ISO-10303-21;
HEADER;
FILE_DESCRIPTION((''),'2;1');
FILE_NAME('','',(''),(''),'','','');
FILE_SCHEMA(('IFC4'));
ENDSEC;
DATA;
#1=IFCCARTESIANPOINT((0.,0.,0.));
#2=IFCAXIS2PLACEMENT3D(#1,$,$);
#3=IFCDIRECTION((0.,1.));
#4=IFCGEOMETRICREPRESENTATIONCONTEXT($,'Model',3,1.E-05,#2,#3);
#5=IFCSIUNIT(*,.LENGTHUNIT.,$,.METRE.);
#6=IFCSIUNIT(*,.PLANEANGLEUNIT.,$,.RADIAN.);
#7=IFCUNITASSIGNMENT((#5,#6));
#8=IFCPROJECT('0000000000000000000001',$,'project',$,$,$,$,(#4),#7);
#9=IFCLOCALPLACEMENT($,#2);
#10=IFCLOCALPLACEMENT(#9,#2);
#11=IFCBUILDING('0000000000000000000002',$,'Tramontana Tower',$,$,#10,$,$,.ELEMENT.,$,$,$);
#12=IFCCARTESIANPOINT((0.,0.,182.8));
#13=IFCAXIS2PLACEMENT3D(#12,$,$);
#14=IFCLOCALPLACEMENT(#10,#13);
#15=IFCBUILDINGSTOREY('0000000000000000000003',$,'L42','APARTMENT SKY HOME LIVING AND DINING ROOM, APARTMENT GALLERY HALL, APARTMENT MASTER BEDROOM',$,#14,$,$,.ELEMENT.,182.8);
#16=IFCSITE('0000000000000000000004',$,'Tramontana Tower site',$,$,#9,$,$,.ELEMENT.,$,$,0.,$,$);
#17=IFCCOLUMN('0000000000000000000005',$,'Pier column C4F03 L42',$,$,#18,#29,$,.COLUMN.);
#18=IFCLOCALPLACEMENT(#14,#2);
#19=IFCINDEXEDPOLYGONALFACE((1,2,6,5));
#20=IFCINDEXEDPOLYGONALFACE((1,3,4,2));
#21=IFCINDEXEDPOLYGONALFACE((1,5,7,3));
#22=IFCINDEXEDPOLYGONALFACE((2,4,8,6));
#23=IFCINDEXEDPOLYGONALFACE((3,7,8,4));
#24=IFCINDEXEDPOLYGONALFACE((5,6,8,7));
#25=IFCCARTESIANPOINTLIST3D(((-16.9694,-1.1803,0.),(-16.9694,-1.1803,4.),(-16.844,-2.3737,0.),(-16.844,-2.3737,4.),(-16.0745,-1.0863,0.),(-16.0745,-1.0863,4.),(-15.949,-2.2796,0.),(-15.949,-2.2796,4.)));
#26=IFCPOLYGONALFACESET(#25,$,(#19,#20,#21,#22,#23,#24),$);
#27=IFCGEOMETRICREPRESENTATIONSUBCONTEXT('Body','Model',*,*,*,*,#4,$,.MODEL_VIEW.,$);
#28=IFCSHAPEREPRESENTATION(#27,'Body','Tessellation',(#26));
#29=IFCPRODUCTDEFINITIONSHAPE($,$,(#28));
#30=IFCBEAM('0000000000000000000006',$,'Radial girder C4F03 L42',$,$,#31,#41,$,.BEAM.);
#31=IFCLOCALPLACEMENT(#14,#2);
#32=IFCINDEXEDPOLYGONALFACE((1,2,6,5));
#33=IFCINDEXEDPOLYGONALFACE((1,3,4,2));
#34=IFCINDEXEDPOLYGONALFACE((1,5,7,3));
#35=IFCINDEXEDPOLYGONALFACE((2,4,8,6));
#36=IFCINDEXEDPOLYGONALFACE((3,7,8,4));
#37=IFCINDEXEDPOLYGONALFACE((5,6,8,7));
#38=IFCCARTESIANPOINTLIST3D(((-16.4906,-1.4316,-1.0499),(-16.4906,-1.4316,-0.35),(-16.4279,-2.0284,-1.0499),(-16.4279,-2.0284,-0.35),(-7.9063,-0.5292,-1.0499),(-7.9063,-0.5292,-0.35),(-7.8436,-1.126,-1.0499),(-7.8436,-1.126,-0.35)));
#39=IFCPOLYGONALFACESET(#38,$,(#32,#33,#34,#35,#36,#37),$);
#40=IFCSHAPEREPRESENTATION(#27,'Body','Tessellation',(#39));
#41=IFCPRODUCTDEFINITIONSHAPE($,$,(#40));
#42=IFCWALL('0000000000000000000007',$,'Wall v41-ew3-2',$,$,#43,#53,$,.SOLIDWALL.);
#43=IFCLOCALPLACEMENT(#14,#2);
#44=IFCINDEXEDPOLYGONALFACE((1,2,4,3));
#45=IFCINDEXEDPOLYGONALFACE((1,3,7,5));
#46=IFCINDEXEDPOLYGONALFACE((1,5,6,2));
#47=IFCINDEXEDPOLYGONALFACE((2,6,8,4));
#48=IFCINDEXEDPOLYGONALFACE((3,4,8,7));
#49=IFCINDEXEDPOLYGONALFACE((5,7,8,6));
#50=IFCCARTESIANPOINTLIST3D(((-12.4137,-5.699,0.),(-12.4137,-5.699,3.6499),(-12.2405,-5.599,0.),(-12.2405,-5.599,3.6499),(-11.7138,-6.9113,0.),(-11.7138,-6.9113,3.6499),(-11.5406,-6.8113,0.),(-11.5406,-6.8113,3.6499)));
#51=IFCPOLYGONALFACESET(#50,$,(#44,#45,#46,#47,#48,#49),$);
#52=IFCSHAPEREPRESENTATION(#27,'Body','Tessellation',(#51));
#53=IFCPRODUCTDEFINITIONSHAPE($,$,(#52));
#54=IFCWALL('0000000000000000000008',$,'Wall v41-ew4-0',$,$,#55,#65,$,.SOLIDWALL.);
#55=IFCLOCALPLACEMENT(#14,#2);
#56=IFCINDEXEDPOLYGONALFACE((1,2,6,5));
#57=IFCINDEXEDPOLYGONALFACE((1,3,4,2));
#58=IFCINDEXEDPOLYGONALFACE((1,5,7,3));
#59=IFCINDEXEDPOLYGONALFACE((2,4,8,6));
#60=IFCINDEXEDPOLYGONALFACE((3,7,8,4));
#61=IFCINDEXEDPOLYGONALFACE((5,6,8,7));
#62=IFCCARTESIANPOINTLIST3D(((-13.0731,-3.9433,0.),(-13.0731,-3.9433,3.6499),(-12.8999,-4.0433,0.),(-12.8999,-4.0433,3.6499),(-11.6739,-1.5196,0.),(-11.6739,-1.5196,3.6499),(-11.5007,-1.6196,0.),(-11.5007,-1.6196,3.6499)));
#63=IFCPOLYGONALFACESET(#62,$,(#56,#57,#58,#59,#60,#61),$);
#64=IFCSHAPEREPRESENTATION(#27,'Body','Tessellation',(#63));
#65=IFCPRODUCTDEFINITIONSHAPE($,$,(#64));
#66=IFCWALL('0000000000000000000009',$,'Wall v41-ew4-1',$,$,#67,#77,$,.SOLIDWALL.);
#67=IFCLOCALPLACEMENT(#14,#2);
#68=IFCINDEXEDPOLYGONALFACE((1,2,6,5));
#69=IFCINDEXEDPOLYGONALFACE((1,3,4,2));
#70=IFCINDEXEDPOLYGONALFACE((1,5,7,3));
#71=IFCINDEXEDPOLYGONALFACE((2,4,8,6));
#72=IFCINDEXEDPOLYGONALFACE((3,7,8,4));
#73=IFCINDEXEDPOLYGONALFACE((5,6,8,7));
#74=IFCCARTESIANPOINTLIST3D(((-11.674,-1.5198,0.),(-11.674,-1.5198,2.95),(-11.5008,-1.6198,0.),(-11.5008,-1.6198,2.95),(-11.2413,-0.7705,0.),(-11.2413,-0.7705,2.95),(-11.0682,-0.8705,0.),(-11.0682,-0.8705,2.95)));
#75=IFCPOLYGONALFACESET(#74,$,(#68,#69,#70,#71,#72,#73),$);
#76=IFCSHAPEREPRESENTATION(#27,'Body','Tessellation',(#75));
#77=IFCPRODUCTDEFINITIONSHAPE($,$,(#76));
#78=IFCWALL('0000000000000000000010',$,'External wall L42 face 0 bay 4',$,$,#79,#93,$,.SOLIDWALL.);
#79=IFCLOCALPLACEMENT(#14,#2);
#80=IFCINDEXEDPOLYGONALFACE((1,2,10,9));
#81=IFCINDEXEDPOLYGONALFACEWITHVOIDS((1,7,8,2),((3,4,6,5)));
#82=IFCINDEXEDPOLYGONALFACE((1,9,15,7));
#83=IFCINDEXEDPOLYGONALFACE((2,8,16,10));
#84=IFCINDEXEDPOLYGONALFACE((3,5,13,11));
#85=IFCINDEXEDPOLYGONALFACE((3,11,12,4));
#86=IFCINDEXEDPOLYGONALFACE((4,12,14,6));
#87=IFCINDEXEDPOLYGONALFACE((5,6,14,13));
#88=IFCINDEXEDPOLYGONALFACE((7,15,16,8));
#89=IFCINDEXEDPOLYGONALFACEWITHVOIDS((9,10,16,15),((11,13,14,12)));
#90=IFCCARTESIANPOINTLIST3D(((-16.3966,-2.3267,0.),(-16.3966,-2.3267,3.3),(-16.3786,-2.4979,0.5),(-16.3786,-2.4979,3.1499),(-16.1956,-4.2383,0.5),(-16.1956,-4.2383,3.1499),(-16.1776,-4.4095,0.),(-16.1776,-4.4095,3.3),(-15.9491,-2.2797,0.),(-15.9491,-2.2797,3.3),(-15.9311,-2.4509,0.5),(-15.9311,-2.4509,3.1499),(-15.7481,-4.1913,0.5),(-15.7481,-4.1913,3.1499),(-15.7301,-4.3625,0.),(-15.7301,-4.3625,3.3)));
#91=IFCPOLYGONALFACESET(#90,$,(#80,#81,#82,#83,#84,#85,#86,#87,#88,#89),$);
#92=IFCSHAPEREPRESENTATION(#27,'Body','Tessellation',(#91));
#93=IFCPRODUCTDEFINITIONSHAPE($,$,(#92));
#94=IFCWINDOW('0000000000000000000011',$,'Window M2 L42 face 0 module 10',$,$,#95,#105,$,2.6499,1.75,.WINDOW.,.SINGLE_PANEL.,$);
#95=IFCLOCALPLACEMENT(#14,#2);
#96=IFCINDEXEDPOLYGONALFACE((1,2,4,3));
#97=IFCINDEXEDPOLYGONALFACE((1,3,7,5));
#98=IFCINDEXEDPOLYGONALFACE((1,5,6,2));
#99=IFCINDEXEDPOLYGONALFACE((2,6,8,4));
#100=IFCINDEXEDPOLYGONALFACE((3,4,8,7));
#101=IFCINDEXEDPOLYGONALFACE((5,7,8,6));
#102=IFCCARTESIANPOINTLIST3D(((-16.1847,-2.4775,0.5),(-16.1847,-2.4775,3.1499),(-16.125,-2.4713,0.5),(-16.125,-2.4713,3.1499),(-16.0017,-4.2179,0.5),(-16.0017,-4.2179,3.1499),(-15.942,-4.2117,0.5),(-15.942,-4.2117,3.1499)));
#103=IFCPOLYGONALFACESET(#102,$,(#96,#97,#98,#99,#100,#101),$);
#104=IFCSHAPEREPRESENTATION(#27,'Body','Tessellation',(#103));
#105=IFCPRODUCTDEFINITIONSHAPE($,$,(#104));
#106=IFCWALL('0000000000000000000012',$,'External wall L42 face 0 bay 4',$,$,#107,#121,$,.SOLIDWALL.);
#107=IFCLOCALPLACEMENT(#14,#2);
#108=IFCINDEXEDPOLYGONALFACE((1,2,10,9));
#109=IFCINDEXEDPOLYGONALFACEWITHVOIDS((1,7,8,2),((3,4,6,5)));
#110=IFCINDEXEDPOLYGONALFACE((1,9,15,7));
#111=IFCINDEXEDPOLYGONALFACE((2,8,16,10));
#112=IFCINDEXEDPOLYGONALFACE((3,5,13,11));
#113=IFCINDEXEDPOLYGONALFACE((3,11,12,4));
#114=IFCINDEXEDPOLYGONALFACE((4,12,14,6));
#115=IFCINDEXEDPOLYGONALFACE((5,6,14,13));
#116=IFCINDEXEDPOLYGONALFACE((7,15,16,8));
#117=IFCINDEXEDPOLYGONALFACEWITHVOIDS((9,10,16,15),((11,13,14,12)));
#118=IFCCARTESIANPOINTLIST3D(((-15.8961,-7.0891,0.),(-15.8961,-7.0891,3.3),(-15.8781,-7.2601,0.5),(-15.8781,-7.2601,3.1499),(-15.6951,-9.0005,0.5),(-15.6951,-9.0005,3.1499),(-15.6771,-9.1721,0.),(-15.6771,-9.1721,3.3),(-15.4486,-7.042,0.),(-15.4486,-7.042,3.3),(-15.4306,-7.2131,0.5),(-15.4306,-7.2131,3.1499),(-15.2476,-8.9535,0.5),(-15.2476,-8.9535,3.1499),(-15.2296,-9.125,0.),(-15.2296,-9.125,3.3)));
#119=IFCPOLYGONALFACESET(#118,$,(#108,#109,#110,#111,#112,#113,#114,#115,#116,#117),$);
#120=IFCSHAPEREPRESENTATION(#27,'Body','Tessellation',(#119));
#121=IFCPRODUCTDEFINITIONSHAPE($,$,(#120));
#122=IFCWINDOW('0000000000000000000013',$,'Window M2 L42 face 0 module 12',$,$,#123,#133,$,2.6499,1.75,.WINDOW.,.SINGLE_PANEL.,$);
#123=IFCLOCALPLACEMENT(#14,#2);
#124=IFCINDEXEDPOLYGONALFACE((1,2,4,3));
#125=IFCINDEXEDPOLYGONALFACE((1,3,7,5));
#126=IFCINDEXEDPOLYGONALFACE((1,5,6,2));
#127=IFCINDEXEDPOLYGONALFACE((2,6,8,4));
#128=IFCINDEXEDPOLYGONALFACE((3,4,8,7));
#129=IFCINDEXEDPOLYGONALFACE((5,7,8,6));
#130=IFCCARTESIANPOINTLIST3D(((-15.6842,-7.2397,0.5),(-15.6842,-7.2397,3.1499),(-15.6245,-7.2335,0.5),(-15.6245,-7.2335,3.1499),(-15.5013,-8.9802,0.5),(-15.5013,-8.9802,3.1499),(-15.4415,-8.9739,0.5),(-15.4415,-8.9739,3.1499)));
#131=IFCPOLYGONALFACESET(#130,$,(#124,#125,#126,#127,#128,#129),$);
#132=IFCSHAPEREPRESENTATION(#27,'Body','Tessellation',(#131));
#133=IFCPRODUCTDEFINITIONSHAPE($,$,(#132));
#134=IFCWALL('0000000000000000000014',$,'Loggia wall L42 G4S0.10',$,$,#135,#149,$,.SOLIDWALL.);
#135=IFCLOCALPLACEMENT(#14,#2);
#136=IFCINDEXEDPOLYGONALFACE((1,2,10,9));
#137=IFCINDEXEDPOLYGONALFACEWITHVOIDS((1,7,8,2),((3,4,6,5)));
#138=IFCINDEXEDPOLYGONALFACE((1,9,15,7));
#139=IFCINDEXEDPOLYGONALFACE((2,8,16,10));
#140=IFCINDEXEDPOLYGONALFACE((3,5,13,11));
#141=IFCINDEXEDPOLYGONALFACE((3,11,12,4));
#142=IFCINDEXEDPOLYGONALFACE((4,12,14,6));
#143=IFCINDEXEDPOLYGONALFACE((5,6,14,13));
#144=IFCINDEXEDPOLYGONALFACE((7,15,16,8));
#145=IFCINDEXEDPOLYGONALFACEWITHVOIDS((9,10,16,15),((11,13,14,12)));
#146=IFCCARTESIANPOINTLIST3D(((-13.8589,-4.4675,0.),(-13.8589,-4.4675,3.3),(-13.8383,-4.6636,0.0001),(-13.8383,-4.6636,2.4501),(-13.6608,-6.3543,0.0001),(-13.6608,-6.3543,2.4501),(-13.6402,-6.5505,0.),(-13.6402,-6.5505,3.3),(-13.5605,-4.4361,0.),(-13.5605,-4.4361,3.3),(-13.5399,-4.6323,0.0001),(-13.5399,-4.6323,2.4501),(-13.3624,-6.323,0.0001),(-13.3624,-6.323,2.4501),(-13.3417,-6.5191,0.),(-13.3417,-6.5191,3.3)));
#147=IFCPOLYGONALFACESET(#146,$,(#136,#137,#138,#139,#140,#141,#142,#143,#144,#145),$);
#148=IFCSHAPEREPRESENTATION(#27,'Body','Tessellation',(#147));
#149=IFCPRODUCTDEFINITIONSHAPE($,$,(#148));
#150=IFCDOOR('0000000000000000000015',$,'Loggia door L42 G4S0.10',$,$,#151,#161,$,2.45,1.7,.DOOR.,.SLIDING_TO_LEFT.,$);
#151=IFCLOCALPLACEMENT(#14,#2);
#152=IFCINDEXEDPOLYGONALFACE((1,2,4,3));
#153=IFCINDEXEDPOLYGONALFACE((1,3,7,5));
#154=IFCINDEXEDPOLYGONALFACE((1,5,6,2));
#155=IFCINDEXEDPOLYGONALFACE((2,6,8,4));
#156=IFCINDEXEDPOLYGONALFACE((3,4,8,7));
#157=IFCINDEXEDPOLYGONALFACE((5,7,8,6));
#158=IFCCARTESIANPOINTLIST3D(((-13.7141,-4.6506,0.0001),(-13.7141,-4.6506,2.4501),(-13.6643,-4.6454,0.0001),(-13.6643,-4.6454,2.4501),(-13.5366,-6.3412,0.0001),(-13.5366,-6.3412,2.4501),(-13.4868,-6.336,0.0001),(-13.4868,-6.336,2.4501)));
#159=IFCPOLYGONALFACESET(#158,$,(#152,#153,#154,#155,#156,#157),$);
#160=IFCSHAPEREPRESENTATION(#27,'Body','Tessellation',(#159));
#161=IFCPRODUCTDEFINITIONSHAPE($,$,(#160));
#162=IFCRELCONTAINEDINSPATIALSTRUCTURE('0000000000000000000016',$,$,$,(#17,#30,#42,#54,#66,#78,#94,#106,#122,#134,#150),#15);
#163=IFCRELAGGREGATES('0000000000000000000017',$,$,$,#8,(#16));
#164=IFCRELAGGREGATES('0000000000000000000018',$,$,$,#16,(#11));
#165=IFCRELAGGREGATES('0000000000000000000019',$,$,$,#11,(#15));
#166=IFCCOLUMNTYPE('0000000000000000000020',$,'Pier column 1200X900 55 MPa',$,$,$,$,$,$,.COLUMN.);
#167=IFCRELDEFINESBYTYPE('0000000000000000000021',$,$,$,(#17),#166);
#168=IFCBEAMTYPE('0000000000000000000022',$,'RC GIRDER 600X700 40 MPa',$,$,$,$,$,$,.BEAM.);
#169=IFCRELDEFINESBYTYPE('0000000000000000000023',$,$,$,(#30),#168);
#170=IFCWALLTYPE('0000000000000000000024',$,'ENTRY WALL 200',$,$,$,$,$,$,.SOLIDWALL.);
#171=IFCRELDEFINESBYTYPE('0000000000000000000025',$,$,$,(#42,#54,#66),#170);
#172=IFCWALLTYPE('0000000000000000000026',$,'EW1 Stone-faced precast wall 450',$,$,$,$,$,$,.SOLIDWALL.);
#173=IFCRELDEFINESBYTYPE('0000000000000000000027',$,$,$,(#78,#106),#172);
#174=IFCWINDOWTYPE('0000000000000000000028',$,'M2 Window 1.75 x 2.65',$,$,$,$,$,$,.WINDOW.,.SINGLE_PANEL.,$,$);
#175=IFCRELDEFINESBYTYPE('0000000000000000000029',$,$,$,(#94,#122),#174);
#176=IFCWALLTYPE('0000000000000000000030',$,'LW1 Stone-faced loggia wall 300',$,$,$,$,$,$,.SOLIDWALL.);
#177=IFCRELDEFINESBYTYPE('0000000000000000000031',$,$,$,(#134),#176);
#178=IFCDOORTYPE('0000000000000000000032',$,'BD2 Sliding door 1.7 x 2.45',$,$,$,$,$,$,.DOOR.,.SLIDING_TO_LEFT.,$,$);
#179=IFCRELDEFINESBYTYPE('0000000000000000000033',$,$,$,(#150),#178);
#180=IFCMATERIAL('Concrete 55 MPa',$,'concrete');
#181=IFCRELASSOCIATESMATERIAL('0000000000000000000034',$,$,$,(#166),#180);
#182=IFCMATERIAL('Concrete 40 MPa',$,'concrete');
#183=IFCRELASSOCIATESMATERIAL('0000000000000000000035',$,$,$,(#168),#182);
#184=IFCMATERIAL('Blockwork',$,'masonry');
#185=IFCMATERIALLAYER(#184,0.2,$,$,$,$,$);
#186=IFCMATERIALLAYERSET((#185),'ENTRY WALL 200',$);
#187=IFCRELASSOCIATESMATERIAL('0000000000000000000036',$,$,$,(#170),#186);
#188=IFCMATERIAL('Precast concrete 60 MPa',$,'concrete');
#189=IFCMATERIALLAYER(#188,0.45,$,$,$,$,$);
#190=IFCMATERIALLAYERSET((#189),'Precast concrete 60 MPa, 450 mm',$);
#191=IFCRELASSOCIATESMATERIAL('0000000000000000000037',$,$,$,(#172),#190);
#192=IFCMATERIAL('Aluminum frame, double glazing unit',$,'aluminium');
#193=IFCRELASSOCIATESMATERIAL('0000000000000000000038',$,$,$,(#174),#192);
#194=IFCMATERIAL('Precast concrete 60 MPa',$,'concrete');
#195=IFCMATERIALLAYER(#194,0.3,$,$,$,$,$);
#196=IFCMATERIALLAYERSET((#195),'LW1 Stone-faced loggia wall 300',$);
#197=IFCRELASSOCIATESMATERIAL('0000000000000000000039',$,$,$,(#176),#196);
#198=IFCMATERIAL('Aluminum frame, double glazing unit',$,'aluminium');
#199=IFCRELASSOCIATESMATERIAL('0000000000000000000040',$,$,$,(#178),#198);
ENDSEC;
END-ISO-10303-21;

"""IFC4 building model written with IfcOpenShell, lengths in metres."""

from ifc_helpers import new_model, si_unit, direction, frame, frame_2d, origin, origin_2d, place, context, subcontext, project, spatial, rectangle, extrude, material, layer, layer_set, material_profile, profile_set, type_object, element, fill, save


model = new_model("IFC4")

# Units and contexts
model_context = context("Model", 3, precision=1e-05, world=origin(), true_north=direction((0.0, 1.0)))
body_context = subcontext(model_context, "Body", "Model", "MODEL_VIEW")
ifc_project = project(units=[si_unit("LENGTHUNIT", "METRE"), si_unit("PLANEANGLEUNIT", "RADIAN")], contexts=[model_context])

# Site, building, storey
site_placement = place(None, origin())
site = spatial("IfcSite", under=ifc_project, at=site_placement, Name="Tramontana Tower site", CompositionType="ELEMENT", RefElevation=0.0)
building_placement = place(site_placement, origin())
building = spatial("IfcBuilding", under=site, at=building_placement, Name="Tramontana Tower", CompositionType="ELEMENT")
storey_placement = place(building_placement, frame((0.0, 0.0, 182.8)))
storey = spatial("IfcBuildingStorey", under=building, at=storey_placement, Name="L42", Description="APARTMENT SKY HOME LIVING AND DINING ROOM, APARTMENT GALLERY HALL, APARTMENT MASTER BEDROOM", CompositionType="ELEMENT", Elevation=182.8)

# Column
ifc_material_1 = material(Name="Concrete 55 MPa", Category="concrete")
ifc_material_profile_1 = material_profile(ifc_material_1, rectangle(XDim=1.2, YDim=0.8999, at=origin_2d()), Name="Pier column 1200X900 55 MPa")
ifc_profile_set_1 = profile_set([ifc_material_profile_1], Name="Concrete 55 MPa")
column_type = type_object("IfcColumnType", Name="Pier column 1200X900 55 MPa", PredefinedType="COLUMN", material=ifc_profile_set_1)
column_placement = place(storey_placement, frame((-16.4592, -1.73, 0.0), z_axis=(0.0, 0.0, 1.0), x_axis=(0.104528, -0.994522, 0.0)))
element("IfcColumn", 1, at=column_placement, inside=storey, type_object=column_type, Name="Pier column C4F03 L42", PredefinedType="COLUMN", context=body_context, shape_type="SweptSolid", body=[
    extrude(rectangle(XDim=1.2, YDim=0.8999, at=origin_2d()), origin(), (0.0, 0.0, 1.0), 4.0),
])

# Beam
ifc_material_2 = material(Name="Concrete 40 MPa", Category="concrete")
ifc_material_profile_2 = material_profile(ifc_material_2, rectangle(XDim=0.6001, YDim=0.7, at=origin_2d()), Name="RC GIRDER 600X700 40 MPa")
ifc_profile_set_2 = profile_set([ifc_material_profile_2], Name="Concrete 40 MPa")
beam_type = type_object("IfcBeamType", Name="RC GIRDER 600X700 40 MPa", PredefinedType="BEAM", material=ifc_profile_set_2)
beam_placement = place(storey_placement, frame((-16.4592, -1.73, -0.7), z_axis=(0.994521, 0.10454, 0.0), x_axis=(-0.10454, 0.994521, 0.0)))
element("IfcBeam", 2, at=beam_placement, inside=storey, type_object=beam_type, Name="Radial girder C4F03 L42", PredefinedType="BEAM", context=body_context, shape_type="SweptSolid", body=[
    extrude(rectangle(XDim=0.6001, YDim=0.7, at=origin_2d()), origin(), (0.0, 0.0, 1.0), 8.6316),
])

# Walls
ifc_material_3 = material(Name="Blockwork", Category="masonry")
ifc_layer_1 = layer(ifc_material_3, 0.2)
ifc_layer_set_1 = layer_set([ifc_layer_1], Name="ENTRY WALL 200")
wall_type_1 = type_object("IfcWallType", Name="ENTRY WALL 200", PredefinedType="SOLIDWALL", material=ifc_layer_set_1)
wall_1_placement = place(storey_placement, frame((-11.6272, -6.8613, 0.0), z_axis=(0.0, 0.0, 1.0), x_axis=(-0.499984, 0.866035, 0.0)))
element("IfcWall", 3, at=wall_1_placement, inside=storey, type_object=wall_type_1, Name="Wall v41-ew3-2", PredefinedType="SOLIDWALL", context=body_context, shape_type="SweptSolid", body=[
    extrude(rectangle(XDim=1.3999, YDim=0.2, at=frame_2d((0.7, 0.0))), origin(), (0.0, 0.0, 1.0), 3.6499),
])
wall_2_placement = place(storey_placement, frame((-12.9866, -3.9934, 0.0), z_axis=(0.0, 0.0, 1.0), x_axis=(0.499977, 0.866039, 0.0)))
element("IfcWall", 4, at=wall_2_placement, inside=storey, type_object=wall_type_1, Name="Wall v41-ew4-0", PredefinedType="SOLIDWALL", context=body_context, shape_type="SweptSolid", body=[
    extrude(rectangle(XDim=2.7986, YDim=0.2, at=frame_2d((1.3994, 0.0))), origin(), (0.0, 0.0, 1.0), 3.6499),
])
wall_3_placement = place(storey_placement, frame((-11.5874, -1.5698, 0.0), z_axis=(0.0, 0.0, 1.0), x_axis=(0.500024, 0.866012, 0.0)))
element("IfcWall", 5, at=wall_3_placement, inside=storey, type_object=wall_type_1, Name="Wall v41-ew4-1", PredefinedType="SOLIDWALL", context=body_context, shape_type="SweptSolid", body=[
    extrude(rectangle(XDim=0.8652, YDim=0.2, at=frame_2d((0.4326, 0.0))), origin(), (0.0, 0.0, 1.0), 2.95),
])

# Walls, openings, windows
ifc_material_4 = material(Name="Precast concrete 60 MPa", Category="concrete")
ifc_layer_2 = layer(ifc_material_4, 0.45)
ifc_layer_set_2 = layer_set([ifc_layer_2], Name="Precast concrete 60 MPa, 450 mm")
wall_type_2 = type_object("IfcWallType", Name="EW1 Stone-faced precast wall 450", PredefinedType="SOLIDWALL", material=ifc_layer_set_2)
wall_4_placement = place(storey_placement, frame((-16.1729, -2.3032, 0.0), z_axis=(0.0, 0.0, 1.0), x_axis=(0.104569, -0.994518, 0.0)))
wall_4 = element("IfcWall", 6, at=wall_4_placement, inside=storey, type_object=wall_type_2, Name="External wall L42 face 0 bay 4", PredefinedType="SOLIDWALL", context=body_context, shape_type="SweptSolid", body=[
    extrude(rectangle(XDim=2.0942, YDim=0.45, at=frame_2d((1.0471, 0.0))), origin(), (0.0, 0.0, 1.0), 3.3),
])
opening_1_placement = place(wall_4_placement, frame((0.1721, 0.0, 0.5)))
opening_1 = element("IfcOpeningElement", 7, at=opening_1_placement, cuts=wall_4, PredefinedType="OPENING", context=body_context, shape_type="SweptSolid", body=[
    extrude(rectangle(XDim=1.75, YDim=2.6499, at=frame_2d((0.875, 1.325))), frame((0.0, 0.2349, 0.0), z_axis=(0.0, -1.0, 0.0), x_axis=(1.0, 0.0, 0.0)), (0.0, 0.0, 1.0), 0.47),
])
ifc_material_5 = material(Name="Aluminum frame, double glazing unit", Category="aluminium")
window_type = type_object("IfcWindowType", Name="M2 Window 1.75 x 2.65", PartitioningType="SINGLE_PANEL", PredefinedType="WINDOW", material=ifc_material_5)
window_1_placement = place(opening_1_placement, origin())
window_1 = element("IfcWindow", 8, at=window_1_placement, inside=storey, type_object=window_type, Name="Window M2 L42 face 0 module 10", OverallHeight=2.6499, OverallWidth=1.75, PartitioningType="SINGLE_PANEL", PredefinedType="WINDOW", context=body_context, shape_type="SweptSolid", body=[
    extrude(rectangle(XDim=1.75, YDim=2.6499, at=frame_2d((0.875, 1.325))), frame((0.0, 0.03, 0.0), z_axis=(0.0, -1.0, 0.0), x_axis=(1.0, 0.0, 0.0)), (0.0, 0.0, 1.0), 0.0601),
])
fill(opening_1, window_1)
wall_5_placement = place(storey_placement, frame((-15.6724, -7.0654, 0.0), z_axis=(0.0, 0.0, 1.0), x_axis=(0.104557, -0.994519, 0.0)))
wall_5 = element("IfcWall", 9, at=wall_5_placement, inside=storey, type_object=wall_type_2, Name="External wall L42 face 0 bay 4", PredefinedType="SOLIDWALL", context=body_context, shape_type="SweptSolid", body=[
    extrude(rectangle(XDim=2.0945, YDim=0.45, at=frame_2d((1.0474, 0.0))), origin(), (0.0, 0.0, 1.0), 3.3),
])
opening_2_placement = place(wall_5_placement, frame((0.1721, 0.0, 0.5)))
opening_2 = element("IfcOpeningElement", 10, at=opening_2_placement, cuts=wall_5, PredefinedType="OPENING", context=body_context, shape_type="SweptSolid", body=[
    extrude(rectangle(XDim=1.75, YDim=2.6499, at=frame_2d((0.875, 1.325))), frame((0.0, 0.2349, 0.0), z_axis=(0.0, -1.0, 0.0), x_axis=(1.0, 0.0, 0.0)), (0.0, 0.0, 1.0), 0.47),
])
window_2_placement = place(opening_2_placement, origin())
window_2 = element("IfcWindow", 11, at=window_2_placement, inside=storey, type_object=window_type, Name="Window M2 L42 face 0 module 12", OverallHeight=2.6499, OverallWidth=1.75, PartitioningType="SINGLE_PANEL", PredefinedType="WINDOW", context=body_context, shape_type="SweptSolid", body=[
    extrude(rectangle(XDim=1.75, YDim=2.6499, at=frame_2d((0.875, 1.325))), frame((0.0, 0.03, 0.0), z_axis=(0.0, -1.0, 0.0), x_axis=(1.0, 0.0, 0.0)), (0.0, 0.0, 1.0), 0.0601),
])
fill(opening_2, window_2)

# Wall, opening, door
ifc_material_6 = material(Name="Precast concrete 60 MPa", Category="concrete")
ifc_layer_3 = layer(ifc_material_6, 0.3)
ifc_layer_set_3 = layer_set([ifc_layer_3], Name="LW1 Stone-faced loggia wall 300")
wall_type_3 = type_object("IfcWallType", Name="LW1 Stone-faced loggia wall 300", PredefinedType="SOLIDWALL", material=ifc_layer_set_3)
wall_6_placement = place(storey_placement, frame((-13.7097, -4.4517, 0.0), z_axis=(0.0, 0.0, 1.0), x_axis=(0.104442, -0.994531, 0.0)))
wall_6 = element("IfcWall", 12, at=wall_6_placement, inside=storey, type_object=wall_type_3, Name="Loggia wall L42 G4S0.10", PredefinedType="SOLIDWALL", context=body_context, shape_type="SweptSolid", body=[
    extrude(rectangle(XDim=2.0945, YDim=0.3, at=frame_2d((1.0474, 0.0))), origin(), (0.0, 0.0, 1.0), 3.3),
])
opening_3_placement = place(wall_6_placement, frame((0.1973, 0.0, 0.0)))
opening_3 = element("IfcOpeningElement", 13, at=opening_3_placement, cuts=wall_6, PredefinedType="OPENING", context=body_context, shape_type="SweptSolid", body=[
    extrude(rectangle(XDim=1.7, YDim=2.45, at=frame_2d((0.8501, 1.2251))), frame((0.0, 0.1599, 0.0), z_axis=(0.0, -1.0, 0.0), x_axis=(1.0, 0.0, 0.0)), (0.0, 0.0, 1.0), 0.3201),
])
ifc_material_7 = material(Name="Aluminum frame, double glazing unit", Category="aluminium")
door_type_1 = type_object("IfcDoorType", Name="BD2 Sliding door 1.7 x 2.45", OperationType="SLIDING_TO_LEFT", PredefinedType="DOOR", material=ifc_material_7)
door_1_placement = place(opening_3_placement, origin())
door_1 = element("IfcDoor", 14, at=door_1_placement, inside=storey, type_object=door_type_1, Name="Loggia door L42 G4S0.10", OperationType="SLIDING_TO_LEFT", OverallHeight=2.45, OverallWidth=1.7, PredefinedType="DOOR", context=body_context, shape_type="SweptSolid", body=[
    extrude(rectangle(XDim=1.7, YDim=2.45, at=frame_2d((0.8501, 1.2251))), frame((0.0, 0.0249, 0.0), z_axis=(0.0, -1.0, 0.0), x_axis=(1.0, 0.0, 0.0)), (0.0, 0.0, 1.0), 0.05),
])
fill(opening_3, door_1)

save(model, "model.ifc")
